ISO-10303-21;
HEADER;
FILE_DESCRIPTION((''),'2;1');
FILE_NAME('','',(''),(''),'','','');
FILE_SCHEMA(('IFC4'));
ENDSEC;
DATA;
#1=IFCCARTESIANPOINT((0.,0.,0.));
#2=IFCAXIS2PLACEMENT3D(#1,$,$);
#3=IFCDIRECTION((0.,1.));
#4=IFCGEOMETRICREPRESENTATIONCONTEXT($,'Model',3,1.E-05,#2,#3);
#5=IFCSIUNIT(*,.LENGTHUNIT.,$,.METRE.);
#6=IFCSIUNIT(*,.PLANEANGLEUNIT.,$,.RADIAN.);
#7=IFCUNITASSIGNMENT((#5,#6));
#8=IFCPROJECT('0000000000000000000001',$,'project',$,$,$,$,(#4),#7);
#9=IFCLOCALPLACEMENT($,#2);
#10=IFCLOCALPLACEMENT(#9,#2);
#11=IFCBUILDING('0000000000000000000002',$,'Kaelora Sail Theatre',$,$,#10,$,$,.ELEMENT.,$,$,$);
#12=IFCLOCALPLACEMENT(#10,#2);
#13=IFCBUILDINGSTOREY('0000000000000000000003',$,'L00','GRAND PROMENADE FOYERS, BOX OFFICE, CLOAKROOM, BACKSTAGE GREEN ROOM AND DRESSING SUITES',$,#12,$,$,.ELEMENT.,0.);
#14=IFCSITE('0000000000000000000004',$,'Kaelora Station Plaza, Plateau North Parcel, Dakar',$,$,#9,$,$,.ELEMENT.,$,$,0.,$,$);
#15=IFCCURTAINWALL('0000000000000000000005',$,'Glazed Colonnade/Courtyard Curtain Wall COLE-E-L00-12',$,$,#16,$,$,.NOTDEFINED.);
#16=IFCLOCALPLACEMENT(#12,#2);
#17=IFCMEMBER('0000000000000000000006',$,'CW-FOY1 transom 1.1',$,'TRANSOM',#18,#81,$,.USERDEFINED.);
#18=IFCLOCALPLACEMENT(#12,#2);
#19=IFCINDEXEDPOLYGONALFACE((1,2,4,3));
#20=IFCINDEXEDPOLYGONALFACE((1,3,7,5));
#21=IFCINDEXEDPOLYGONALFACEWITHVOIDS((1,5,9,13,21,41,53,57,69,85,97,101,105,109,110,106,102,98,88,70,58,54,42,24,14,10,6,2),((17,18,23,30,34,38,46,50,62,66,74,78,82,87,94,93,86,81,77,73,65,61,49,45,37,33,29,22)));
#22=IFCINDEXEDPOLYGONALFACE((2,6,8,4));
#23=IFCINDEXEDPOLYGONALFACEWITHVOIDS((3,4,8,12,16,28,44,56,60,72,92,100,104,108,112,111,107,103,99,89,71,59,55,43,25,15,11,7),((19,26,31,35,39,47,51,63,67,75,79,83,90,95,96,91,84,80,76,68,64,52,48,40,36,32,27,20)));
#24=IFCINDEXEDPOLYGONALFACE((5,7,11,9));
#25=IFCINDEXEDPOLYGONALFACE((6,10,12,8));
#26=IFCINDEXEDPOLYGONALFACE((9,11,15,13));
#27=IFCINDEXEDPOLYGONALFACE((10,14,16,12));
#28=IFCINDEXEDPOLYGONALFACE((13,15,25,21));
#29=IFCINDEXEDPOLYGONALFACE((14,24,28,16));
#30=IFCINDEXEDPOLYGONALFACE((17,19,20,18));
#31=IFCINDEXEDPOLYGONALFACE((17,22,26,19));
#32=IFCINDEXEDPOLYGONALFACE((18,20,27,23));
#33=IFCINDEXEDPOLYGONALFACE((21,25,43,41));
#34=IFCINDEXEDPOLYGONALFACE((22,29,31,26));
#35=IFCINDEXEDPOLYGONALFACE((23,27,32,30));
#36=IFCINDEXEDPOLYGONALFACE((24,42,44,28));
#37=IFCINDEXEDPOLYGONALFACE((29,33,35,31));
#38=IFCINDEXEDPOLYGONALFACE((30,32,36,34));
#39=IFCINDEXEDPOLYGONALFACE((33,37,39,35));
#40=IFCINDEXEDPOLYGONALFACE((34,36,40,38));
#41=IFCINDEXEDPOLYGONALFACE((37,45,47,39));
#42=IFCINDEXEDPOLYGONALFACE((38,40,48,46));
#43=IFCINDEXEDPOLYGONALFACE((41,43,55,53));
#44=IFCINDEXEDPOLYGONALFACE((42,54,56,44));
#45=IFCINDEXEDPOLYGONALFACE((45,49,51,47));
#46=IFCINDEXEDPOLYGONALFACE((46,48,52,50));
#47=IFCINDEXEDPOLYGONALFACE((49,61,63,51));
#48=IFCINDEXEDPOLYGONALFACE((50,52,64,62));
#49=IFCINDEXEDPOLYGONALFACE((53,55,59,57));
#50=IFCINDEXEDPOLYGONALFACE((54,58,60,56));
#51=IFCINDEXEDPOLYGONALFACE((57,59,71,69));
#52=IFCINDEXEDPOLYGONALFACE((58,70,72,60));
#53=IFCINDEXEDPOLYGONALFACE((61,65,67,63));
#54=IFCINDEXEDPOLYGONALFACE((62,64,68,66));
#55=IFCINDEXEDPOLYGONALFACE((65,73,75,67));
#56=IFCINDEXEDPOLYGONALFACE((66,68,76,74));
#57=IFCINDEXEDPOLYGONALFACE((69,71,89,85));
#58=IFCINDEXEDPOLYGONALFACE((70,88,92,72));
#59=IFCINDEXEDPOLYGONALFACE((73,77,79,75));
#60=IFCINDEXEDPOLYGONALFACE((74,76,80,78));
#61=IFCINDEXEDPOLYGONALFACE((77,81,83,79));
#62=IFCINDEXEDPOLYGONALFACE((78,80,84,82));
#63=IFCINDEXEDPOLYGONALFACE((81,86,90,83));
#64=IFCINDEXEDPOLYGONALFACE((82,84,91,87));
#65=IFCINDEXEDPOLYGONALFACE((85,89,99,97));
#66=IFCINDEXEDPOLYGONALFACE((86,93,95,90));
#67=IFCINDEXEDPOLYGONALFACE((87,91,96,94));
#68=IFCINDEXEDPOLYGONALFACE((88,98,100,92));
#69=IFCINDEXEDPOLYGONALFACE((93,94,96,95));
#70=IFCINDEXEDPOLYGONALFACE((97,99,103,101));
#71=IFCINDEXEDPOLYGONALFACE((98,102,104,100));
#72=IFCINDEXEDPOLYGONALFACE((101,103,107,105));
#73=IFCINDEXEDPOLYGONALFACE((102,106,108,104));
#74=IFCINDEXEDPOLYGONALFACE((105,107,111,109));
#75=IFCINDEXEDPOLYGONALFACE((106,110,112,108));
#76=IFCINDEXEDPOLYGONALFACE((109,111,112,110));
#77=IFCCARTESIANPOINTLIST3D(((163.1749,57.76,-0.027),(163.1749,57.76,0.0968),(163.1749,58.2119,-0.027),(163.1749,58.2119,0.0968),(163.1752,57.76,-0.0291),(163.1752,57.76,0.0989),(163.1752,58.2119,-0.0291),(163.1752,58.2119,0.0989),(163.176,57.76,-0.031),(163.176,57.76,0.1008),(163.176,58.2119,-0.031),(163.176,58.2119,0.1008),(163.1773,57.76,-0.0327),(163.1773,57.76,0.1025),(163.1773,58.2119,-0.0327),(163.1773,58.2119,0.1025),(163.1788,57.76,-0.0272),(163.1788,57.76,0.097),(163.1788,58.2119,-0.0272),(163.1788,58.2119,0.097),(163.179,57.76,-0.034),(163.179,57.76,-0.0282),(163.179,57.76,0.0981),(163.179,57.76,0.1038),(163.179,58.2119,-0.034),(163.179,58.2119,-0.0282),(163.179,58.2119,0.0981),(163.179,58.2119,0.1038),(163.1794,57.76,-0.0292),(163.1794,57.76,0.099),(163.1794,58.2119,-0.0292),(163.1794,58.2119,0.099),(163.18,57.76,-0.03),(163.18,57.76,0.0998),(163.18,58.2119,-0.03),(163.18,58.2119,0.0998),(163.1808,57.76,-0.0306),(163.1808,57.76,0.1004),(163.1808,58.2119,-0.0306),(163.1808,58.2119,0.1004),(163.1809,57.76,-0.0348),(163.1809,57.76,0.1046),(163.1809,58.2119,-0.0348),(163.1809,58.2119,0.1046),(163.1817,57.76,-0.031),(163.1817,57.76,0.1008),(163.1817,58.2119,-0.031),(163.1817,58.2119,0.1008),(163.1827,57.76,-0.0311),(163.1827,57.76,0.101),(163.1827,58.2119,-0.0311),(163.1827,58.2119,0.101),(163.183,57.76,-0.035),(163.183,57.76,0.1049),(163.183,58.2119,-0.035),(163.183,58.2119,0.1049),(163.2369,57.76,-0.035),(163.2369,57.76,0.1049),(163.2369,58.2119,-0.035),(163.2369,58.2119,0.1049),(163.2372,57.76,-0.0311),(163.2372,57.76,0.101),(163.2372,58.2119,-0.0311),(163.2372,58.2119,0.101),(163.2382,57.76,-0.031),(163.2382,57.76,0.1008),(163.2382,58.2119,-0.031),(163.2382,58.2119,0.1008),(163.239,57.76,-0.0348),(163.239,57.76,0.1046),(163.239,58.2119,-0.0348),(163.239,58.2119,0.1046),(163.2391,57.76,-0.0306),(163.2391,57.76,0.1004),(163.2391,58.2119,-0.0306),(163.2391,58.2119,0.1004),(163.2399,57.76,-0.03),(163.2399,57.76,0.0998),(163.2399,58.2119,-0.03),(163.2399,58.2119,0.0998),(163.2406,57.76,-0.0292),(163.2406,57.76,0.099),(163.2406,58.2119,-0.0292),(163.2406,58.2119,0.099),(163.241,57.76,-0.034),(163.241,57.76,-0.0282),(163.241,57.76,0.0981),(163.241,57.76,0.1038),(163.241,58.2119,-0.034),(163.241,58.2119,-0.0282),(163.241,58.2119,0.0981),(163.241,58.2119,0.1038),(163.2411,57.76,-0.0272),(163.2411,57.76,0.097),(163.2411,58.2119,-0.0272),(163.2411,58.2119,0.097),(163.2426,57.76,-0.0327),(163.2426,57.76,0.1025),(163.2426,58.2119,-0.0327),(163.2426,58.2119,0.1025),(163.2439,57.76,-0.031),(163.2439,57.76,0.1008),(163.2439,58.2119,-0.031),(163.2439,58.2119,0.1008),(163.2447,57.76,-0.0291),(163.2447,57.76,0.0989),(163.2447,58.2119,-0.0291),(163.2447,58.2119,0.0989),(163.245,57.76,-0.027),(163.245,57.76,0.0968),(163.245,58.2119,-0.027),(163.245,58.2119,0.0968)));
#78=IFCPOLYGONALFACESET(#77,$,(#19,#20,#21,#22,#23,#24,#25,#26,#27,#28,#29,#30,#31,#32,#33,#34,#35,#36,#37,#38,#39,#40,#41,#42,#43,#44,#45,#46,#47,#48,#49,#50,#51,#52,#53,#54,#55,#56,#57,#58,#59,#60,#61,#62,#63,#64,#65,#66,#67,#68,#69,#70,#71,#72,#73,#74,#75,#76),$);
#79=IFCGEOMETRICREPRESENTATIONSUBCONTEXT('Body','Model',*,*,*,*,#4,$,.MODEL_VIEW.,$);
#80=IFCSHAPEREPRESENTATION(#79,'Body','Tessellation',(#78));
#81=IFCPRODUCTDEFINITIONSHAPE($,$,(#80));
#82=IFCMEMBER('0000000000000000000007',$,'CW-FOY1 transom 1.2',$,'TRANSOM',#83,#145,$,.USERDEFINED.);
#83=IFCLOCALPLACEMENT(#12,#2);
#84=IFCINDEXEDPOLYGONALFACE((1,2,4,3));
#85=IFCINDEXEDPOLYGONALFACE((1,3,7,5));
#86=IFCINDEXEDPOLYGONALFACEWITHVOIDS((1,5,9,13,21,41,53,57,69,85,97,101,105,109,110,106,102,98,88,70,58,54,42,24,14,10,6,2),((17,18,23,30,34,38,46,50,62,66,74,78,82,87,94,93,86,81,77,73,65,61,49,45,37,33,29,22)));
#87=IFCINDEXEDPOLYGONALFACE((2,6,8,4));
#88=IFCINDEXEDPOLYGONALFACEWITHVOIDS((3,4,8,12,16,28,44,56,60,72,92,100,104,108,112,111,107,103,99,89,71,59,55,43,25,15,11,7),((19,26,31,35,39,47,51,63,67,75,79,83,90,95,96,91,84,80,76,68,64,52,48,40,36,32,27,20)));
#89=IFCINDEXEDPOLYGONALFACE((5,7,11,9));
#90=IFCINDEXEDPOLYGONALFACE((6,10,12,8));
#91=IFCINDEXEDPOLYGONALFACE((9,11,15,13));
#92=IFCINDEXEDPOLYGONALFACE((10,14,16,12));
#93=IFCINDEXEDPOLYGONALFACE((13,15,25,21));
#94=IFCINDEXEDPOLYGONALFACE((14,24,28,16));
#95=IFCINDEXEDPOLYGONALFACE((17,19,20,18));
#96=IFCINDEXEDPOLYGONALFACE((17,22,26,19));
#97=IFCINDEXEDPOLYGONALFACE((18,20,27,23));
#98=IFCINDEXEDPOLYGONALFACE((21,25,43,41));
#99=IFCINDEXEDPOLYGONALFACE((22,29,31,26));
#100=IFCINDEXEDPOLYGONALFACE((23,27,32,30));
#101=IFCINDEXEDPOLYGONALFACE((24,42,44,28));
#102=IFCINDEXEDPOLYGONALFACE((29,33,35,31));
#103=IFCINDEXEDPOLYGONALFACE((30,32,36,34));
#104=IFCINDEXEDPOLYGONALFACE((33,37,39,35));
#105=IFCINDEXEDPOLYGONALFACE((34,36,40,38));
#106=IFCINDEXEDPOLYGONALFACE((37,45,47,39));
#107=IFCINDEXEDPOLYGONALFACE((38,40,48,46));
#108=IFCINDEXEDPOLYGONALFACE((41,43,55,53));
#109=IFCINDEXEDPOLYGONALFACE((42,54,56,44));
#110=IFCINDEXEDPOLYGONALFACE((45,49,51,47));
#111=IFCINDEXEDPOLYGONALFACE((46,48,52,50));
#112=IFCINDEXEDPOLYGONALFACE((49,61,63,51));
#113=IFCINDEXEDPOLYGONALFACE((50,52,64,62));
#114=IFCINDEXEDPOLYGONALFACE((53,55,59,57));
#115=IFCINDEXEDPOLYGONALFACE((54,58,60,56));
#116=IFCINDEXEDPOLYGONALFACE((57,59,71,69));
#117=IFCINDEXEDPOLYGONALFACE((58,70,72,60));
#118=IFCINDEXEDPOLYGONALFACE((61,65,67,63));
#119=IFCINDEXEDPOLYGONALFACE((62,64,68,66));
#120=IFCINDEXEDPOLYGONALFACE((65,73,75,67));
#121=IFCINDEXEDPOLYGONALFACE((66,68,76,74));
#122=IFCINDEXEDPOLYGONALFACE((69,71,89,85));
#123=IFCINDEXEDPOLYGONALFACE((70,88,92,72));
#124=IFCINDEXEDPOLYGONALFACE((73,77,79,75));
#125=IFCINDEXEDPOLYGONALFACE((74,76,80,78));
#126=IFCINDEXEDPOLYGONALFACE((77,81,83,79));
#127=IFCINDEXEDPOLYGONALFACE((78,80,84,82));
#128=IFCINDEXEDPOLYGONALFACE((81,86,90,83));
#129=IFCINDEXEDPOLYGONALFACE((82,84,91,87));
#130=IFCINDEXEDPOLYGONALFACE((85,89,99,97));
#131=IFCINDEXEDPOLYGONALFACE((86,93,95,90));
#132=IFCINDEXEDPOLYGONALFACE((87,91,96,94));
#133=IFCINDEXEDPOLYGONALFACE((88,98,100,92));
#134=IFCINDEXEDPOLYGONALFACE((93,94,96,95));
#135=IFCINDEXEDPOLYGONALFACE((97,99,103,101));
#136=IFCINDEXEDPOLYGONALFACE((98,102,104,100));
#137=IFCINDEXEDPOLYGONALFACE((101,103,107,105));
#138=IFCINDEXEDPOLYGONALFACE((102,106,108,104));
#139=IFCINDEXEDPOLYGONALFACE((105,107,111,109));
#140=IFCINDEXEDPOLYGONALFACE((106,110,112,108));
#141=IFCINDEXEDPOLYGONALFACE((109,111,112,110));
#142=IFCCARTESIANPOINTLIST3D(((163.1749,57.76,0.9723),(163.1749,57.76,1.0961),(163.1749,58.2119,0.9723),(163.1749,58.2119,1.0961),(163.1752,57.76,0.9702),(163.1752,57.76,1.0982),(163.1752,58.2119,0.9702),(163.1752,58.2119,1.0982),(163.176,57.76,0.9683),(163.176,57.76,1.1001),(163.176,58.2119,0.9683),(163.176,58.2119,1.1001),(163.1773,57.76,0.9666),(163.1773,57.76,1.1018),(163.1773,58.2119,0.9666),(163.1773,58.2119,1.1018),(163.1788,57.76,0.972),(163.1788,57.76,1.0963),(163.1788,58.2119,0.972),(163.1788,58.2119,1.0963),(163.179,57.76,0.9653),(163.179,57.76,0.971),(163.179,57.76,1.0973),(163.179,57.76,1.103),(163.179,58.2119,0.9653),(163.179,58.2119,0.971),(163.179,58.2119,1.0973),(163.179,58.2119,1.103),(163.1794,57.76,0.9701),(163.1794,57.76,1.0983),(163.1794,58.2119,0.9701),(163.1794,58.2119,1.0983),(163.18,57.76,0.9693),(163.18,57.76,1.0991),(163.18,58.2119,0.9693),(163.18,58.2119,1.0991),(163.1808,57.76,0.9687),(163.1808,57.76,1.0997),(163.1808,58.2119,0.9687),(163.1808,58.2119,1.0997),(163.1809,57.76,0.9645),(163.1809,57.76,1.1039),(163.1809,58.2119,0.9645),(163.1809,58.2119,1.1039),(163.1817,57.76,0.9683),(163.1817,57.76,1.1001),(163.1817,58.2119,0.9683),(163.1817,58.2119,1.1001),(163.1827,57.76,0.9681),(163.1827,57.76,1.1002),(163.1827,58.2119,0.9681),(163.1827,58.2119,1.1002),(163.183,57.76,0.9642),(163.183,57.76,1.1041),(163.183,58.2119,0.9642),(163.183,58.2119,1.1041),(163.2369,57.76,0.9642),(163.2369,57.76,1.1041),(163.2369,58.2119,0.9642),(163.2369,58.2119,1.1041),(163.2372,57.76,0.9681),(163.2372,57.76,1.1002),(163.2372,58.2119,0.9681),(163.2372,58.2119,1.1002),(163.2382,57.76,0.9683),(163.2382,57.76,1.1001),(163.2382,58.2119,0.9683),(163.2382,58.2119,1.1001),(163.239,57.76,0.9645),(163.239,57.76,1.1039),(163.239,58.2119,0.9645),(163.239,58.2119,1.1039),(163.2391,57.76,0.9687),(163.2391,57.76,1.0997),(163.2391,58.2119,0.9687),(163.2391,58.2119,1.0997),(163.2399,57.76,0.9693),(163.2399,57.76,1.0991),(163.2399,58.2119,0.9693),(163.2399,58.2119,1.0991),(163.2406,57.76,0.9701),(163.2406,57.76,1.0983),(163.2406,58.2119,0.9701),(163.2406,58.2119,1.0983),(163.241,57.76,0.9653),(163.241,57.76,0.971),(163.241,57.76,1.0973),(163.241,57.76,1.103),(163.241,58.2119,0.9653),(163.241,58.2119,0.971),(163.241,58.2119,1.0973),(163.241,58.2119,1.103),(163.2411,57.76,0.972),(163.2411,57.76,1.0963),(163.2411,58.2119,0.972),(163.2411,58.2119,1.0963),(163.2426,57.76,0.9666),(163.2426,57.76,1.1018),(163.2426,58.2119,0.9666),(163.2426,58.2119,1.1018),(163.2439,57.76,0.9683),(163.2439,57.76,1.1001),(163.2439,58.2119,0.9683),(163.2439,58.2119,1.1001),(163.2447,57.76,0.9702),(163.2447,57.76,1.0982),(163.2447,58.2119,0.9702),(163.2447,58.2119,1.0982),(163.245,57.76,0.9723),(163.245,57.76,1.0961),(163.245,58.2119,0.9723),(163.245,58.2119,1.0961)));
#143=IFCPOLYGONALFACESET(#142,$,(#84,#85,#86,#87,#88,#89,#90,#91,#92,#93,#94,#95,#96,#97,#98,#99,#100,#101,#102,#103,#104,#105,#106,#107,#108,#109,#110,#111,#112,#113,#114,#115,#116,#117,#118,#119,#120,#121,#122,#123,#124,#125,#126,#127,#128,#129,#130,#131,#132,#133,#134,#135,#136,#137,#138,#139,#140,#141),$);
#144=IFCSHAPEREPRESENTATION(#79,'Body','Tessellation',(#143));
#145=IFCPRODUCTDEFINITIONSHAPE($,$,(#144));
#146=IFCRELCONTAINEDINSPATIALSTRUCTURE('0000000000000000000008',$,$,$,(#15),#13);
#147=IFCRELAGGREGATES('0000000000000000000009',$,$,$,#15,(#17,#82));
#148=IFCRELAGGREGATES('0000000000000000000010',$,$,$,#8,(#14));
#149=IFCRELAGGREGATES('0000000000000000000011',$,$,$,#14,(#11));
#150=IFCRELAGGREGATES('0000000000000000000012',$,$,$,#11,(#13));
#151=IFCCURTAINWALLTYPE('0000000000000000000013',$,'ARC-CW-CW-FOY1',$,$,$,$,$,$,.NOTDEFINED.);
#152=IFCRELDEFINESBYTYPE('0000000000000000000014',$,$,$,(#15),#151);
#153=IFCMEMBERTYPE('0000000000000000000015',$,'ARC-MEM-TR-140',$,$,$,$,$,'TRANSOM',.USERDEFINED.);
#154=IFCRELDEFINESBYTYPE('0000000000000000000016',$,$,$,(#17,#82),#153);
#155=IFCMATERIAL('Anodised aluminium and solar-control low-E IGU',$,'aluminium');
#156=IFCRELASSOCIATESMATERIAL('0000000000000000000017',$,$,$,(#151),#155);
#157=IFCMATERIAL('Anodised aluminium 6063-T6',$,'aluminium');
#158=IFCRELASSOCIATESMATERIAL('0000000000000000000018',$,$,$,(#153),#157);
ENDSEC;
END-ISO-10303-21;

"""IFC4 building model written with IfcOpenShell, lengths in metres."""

from ifc_helpers import new_model, si_unit, direction, frame, origin, origin_2d, place, context, subcontext, project, spatial, hollow_rectangle, extrude, material, material_profile, profile_set, type_object, element, aggregate, save


model = new_model("IFC4")

# Units and contexts
model_context = context("Model", 3, precision=1e-05, world=origin(), true_north=direction((0.0, 1.0)))
body_context = subcontext(model_context, "Body", "Model", "MODEL_VIEW")
ifc_project = project(units=[si_unit("LENGTHUNIT", "METRE"), si_unit("PLANEANGLEUNIT", "RADIAN")], contexts=[model_context])

# Site, building, storey
site_placement = place(None, origin())
site = spatial("IfcSite", under=ifc_project, at=site_placement, Name="Kaelora Station Plaza, Plateau North Parcel, Dakar", CompositionType="ELEMENT", RefElevation=0.0)
building_placement = place(site_placement, origin())
building = spatial("IfcBuilding", under=site, at=building_placement, Name="Kaelora Sail Theatre", CompositionType="ELEMENT")
storey_placement = place(building_placement, origin())
storey = spatial("IfcBuildingStorey", under=building, at=storey_placement, Name="L00", Description="GRAND PROMENADE FOYERS, BOX OFFICE, CLOAKROOM, BACKSTAGE GREEN ROOM AND DRESSING SUITES", CompositionType="ELEMENT", Elevation=0.0)

# Shared definitions
ifc_material_1 = material(Name="Anodised aluminium and solar-control low-E IGU", Category="aluminium")
curtain_wall_type = type_object("IfcCurtainWallType", Name="ARC-CW-CW-FOY1", PredefinedType="NOTDEFINED", material=ifc_material_1)

# Curtain wall, members
curtain_wall_1_placement = place(storey_placement, origin())
curtain_wall_1 = element("IfcCurtainWall", 1, at=curtain_wall_1_placement, inside=storey, type_object=curtain_wall_type, Name="Glazed Colonnade/Courtyard Curtain Wall COLE-E-L00-12", PredefinedType="NOTDEFINED")
ifc_material_2 = material(Name="Anodised aluminium 6063-T6", Category="aluminium")
ifc_material_profile_1 = material_profile(ifc_material_2, hollow_rectangle(XDim=0.0701, YDim=0.1399, WallThickness=0.0039, InnerFilletRadius=0.0039, OuterFilletRadius=0.0081, at=origin_2d()), Name="ALU-TRAN 70x140x4")
ifc_profile_set_1 = profile_set([ifc_material_profile_1], Name="Anodised aluminium 6063-T6")
member_type_1 = type_object("IfcMemberType", Name="ARC-MEM-TR-140", ElementType="TRANSOM", PredefinedType="USERDEFINED", material=ifc_profile_set_1)
member_1_placement = place(storey_placement, frame((163.21, 57.76, 0.0349), z_axis=(0.0, 1.0, 0.0), x_axis=(-1.0, 0.0, 0.0)))
member_1 = element("IfcMember", 2, at=member_1_placement, type_object=member_type_1, Name="CW-FOY1 transom 1.1", ObjectType="TRANSOM", PredefinedType="USERDEFINED", context=body_context, shape_type="SweptSolid", body=[
    extrude(hollow_rectangle(XDim=0.0701, YDim=0.1399, WallThickness=0.0039, InnerFilletRadius=0.0039, OuterFilletRadius=0.0081, at=origin_2d()), origin(), (0.0, 0.0, 1.0), 0.4519),
])
member_2_placement = place(storey_placement, frame((163.21, 57.76, 1.0342), z_axis=(0.0, 1.0, 0.0), x_axis=(-1.0, 0.0, 0.0)))
member_2 = element("IfcMember", 3, at=member_2_placement, type_object=member_type_1, Name="CW-FOY1 transom 1.2", ObjectType="TRANSOM", PredefinedType="USERDEFINED", context=body_context, shape_type="SweptSolid", body=[
    extrude(hollow_rectangle(XDim=0.0701, YDim=0.1399, WallThickness=0.0039, InnerFilletRadius=0.0039, OuterFilletRadius=0.0081, at=origin_2d()), origin(), (0.0, 0.0, 1.0), 0.4519),
])
aggregate(curtain_wall_1, [member_1, member_2])

save(model, "model.ifc")
